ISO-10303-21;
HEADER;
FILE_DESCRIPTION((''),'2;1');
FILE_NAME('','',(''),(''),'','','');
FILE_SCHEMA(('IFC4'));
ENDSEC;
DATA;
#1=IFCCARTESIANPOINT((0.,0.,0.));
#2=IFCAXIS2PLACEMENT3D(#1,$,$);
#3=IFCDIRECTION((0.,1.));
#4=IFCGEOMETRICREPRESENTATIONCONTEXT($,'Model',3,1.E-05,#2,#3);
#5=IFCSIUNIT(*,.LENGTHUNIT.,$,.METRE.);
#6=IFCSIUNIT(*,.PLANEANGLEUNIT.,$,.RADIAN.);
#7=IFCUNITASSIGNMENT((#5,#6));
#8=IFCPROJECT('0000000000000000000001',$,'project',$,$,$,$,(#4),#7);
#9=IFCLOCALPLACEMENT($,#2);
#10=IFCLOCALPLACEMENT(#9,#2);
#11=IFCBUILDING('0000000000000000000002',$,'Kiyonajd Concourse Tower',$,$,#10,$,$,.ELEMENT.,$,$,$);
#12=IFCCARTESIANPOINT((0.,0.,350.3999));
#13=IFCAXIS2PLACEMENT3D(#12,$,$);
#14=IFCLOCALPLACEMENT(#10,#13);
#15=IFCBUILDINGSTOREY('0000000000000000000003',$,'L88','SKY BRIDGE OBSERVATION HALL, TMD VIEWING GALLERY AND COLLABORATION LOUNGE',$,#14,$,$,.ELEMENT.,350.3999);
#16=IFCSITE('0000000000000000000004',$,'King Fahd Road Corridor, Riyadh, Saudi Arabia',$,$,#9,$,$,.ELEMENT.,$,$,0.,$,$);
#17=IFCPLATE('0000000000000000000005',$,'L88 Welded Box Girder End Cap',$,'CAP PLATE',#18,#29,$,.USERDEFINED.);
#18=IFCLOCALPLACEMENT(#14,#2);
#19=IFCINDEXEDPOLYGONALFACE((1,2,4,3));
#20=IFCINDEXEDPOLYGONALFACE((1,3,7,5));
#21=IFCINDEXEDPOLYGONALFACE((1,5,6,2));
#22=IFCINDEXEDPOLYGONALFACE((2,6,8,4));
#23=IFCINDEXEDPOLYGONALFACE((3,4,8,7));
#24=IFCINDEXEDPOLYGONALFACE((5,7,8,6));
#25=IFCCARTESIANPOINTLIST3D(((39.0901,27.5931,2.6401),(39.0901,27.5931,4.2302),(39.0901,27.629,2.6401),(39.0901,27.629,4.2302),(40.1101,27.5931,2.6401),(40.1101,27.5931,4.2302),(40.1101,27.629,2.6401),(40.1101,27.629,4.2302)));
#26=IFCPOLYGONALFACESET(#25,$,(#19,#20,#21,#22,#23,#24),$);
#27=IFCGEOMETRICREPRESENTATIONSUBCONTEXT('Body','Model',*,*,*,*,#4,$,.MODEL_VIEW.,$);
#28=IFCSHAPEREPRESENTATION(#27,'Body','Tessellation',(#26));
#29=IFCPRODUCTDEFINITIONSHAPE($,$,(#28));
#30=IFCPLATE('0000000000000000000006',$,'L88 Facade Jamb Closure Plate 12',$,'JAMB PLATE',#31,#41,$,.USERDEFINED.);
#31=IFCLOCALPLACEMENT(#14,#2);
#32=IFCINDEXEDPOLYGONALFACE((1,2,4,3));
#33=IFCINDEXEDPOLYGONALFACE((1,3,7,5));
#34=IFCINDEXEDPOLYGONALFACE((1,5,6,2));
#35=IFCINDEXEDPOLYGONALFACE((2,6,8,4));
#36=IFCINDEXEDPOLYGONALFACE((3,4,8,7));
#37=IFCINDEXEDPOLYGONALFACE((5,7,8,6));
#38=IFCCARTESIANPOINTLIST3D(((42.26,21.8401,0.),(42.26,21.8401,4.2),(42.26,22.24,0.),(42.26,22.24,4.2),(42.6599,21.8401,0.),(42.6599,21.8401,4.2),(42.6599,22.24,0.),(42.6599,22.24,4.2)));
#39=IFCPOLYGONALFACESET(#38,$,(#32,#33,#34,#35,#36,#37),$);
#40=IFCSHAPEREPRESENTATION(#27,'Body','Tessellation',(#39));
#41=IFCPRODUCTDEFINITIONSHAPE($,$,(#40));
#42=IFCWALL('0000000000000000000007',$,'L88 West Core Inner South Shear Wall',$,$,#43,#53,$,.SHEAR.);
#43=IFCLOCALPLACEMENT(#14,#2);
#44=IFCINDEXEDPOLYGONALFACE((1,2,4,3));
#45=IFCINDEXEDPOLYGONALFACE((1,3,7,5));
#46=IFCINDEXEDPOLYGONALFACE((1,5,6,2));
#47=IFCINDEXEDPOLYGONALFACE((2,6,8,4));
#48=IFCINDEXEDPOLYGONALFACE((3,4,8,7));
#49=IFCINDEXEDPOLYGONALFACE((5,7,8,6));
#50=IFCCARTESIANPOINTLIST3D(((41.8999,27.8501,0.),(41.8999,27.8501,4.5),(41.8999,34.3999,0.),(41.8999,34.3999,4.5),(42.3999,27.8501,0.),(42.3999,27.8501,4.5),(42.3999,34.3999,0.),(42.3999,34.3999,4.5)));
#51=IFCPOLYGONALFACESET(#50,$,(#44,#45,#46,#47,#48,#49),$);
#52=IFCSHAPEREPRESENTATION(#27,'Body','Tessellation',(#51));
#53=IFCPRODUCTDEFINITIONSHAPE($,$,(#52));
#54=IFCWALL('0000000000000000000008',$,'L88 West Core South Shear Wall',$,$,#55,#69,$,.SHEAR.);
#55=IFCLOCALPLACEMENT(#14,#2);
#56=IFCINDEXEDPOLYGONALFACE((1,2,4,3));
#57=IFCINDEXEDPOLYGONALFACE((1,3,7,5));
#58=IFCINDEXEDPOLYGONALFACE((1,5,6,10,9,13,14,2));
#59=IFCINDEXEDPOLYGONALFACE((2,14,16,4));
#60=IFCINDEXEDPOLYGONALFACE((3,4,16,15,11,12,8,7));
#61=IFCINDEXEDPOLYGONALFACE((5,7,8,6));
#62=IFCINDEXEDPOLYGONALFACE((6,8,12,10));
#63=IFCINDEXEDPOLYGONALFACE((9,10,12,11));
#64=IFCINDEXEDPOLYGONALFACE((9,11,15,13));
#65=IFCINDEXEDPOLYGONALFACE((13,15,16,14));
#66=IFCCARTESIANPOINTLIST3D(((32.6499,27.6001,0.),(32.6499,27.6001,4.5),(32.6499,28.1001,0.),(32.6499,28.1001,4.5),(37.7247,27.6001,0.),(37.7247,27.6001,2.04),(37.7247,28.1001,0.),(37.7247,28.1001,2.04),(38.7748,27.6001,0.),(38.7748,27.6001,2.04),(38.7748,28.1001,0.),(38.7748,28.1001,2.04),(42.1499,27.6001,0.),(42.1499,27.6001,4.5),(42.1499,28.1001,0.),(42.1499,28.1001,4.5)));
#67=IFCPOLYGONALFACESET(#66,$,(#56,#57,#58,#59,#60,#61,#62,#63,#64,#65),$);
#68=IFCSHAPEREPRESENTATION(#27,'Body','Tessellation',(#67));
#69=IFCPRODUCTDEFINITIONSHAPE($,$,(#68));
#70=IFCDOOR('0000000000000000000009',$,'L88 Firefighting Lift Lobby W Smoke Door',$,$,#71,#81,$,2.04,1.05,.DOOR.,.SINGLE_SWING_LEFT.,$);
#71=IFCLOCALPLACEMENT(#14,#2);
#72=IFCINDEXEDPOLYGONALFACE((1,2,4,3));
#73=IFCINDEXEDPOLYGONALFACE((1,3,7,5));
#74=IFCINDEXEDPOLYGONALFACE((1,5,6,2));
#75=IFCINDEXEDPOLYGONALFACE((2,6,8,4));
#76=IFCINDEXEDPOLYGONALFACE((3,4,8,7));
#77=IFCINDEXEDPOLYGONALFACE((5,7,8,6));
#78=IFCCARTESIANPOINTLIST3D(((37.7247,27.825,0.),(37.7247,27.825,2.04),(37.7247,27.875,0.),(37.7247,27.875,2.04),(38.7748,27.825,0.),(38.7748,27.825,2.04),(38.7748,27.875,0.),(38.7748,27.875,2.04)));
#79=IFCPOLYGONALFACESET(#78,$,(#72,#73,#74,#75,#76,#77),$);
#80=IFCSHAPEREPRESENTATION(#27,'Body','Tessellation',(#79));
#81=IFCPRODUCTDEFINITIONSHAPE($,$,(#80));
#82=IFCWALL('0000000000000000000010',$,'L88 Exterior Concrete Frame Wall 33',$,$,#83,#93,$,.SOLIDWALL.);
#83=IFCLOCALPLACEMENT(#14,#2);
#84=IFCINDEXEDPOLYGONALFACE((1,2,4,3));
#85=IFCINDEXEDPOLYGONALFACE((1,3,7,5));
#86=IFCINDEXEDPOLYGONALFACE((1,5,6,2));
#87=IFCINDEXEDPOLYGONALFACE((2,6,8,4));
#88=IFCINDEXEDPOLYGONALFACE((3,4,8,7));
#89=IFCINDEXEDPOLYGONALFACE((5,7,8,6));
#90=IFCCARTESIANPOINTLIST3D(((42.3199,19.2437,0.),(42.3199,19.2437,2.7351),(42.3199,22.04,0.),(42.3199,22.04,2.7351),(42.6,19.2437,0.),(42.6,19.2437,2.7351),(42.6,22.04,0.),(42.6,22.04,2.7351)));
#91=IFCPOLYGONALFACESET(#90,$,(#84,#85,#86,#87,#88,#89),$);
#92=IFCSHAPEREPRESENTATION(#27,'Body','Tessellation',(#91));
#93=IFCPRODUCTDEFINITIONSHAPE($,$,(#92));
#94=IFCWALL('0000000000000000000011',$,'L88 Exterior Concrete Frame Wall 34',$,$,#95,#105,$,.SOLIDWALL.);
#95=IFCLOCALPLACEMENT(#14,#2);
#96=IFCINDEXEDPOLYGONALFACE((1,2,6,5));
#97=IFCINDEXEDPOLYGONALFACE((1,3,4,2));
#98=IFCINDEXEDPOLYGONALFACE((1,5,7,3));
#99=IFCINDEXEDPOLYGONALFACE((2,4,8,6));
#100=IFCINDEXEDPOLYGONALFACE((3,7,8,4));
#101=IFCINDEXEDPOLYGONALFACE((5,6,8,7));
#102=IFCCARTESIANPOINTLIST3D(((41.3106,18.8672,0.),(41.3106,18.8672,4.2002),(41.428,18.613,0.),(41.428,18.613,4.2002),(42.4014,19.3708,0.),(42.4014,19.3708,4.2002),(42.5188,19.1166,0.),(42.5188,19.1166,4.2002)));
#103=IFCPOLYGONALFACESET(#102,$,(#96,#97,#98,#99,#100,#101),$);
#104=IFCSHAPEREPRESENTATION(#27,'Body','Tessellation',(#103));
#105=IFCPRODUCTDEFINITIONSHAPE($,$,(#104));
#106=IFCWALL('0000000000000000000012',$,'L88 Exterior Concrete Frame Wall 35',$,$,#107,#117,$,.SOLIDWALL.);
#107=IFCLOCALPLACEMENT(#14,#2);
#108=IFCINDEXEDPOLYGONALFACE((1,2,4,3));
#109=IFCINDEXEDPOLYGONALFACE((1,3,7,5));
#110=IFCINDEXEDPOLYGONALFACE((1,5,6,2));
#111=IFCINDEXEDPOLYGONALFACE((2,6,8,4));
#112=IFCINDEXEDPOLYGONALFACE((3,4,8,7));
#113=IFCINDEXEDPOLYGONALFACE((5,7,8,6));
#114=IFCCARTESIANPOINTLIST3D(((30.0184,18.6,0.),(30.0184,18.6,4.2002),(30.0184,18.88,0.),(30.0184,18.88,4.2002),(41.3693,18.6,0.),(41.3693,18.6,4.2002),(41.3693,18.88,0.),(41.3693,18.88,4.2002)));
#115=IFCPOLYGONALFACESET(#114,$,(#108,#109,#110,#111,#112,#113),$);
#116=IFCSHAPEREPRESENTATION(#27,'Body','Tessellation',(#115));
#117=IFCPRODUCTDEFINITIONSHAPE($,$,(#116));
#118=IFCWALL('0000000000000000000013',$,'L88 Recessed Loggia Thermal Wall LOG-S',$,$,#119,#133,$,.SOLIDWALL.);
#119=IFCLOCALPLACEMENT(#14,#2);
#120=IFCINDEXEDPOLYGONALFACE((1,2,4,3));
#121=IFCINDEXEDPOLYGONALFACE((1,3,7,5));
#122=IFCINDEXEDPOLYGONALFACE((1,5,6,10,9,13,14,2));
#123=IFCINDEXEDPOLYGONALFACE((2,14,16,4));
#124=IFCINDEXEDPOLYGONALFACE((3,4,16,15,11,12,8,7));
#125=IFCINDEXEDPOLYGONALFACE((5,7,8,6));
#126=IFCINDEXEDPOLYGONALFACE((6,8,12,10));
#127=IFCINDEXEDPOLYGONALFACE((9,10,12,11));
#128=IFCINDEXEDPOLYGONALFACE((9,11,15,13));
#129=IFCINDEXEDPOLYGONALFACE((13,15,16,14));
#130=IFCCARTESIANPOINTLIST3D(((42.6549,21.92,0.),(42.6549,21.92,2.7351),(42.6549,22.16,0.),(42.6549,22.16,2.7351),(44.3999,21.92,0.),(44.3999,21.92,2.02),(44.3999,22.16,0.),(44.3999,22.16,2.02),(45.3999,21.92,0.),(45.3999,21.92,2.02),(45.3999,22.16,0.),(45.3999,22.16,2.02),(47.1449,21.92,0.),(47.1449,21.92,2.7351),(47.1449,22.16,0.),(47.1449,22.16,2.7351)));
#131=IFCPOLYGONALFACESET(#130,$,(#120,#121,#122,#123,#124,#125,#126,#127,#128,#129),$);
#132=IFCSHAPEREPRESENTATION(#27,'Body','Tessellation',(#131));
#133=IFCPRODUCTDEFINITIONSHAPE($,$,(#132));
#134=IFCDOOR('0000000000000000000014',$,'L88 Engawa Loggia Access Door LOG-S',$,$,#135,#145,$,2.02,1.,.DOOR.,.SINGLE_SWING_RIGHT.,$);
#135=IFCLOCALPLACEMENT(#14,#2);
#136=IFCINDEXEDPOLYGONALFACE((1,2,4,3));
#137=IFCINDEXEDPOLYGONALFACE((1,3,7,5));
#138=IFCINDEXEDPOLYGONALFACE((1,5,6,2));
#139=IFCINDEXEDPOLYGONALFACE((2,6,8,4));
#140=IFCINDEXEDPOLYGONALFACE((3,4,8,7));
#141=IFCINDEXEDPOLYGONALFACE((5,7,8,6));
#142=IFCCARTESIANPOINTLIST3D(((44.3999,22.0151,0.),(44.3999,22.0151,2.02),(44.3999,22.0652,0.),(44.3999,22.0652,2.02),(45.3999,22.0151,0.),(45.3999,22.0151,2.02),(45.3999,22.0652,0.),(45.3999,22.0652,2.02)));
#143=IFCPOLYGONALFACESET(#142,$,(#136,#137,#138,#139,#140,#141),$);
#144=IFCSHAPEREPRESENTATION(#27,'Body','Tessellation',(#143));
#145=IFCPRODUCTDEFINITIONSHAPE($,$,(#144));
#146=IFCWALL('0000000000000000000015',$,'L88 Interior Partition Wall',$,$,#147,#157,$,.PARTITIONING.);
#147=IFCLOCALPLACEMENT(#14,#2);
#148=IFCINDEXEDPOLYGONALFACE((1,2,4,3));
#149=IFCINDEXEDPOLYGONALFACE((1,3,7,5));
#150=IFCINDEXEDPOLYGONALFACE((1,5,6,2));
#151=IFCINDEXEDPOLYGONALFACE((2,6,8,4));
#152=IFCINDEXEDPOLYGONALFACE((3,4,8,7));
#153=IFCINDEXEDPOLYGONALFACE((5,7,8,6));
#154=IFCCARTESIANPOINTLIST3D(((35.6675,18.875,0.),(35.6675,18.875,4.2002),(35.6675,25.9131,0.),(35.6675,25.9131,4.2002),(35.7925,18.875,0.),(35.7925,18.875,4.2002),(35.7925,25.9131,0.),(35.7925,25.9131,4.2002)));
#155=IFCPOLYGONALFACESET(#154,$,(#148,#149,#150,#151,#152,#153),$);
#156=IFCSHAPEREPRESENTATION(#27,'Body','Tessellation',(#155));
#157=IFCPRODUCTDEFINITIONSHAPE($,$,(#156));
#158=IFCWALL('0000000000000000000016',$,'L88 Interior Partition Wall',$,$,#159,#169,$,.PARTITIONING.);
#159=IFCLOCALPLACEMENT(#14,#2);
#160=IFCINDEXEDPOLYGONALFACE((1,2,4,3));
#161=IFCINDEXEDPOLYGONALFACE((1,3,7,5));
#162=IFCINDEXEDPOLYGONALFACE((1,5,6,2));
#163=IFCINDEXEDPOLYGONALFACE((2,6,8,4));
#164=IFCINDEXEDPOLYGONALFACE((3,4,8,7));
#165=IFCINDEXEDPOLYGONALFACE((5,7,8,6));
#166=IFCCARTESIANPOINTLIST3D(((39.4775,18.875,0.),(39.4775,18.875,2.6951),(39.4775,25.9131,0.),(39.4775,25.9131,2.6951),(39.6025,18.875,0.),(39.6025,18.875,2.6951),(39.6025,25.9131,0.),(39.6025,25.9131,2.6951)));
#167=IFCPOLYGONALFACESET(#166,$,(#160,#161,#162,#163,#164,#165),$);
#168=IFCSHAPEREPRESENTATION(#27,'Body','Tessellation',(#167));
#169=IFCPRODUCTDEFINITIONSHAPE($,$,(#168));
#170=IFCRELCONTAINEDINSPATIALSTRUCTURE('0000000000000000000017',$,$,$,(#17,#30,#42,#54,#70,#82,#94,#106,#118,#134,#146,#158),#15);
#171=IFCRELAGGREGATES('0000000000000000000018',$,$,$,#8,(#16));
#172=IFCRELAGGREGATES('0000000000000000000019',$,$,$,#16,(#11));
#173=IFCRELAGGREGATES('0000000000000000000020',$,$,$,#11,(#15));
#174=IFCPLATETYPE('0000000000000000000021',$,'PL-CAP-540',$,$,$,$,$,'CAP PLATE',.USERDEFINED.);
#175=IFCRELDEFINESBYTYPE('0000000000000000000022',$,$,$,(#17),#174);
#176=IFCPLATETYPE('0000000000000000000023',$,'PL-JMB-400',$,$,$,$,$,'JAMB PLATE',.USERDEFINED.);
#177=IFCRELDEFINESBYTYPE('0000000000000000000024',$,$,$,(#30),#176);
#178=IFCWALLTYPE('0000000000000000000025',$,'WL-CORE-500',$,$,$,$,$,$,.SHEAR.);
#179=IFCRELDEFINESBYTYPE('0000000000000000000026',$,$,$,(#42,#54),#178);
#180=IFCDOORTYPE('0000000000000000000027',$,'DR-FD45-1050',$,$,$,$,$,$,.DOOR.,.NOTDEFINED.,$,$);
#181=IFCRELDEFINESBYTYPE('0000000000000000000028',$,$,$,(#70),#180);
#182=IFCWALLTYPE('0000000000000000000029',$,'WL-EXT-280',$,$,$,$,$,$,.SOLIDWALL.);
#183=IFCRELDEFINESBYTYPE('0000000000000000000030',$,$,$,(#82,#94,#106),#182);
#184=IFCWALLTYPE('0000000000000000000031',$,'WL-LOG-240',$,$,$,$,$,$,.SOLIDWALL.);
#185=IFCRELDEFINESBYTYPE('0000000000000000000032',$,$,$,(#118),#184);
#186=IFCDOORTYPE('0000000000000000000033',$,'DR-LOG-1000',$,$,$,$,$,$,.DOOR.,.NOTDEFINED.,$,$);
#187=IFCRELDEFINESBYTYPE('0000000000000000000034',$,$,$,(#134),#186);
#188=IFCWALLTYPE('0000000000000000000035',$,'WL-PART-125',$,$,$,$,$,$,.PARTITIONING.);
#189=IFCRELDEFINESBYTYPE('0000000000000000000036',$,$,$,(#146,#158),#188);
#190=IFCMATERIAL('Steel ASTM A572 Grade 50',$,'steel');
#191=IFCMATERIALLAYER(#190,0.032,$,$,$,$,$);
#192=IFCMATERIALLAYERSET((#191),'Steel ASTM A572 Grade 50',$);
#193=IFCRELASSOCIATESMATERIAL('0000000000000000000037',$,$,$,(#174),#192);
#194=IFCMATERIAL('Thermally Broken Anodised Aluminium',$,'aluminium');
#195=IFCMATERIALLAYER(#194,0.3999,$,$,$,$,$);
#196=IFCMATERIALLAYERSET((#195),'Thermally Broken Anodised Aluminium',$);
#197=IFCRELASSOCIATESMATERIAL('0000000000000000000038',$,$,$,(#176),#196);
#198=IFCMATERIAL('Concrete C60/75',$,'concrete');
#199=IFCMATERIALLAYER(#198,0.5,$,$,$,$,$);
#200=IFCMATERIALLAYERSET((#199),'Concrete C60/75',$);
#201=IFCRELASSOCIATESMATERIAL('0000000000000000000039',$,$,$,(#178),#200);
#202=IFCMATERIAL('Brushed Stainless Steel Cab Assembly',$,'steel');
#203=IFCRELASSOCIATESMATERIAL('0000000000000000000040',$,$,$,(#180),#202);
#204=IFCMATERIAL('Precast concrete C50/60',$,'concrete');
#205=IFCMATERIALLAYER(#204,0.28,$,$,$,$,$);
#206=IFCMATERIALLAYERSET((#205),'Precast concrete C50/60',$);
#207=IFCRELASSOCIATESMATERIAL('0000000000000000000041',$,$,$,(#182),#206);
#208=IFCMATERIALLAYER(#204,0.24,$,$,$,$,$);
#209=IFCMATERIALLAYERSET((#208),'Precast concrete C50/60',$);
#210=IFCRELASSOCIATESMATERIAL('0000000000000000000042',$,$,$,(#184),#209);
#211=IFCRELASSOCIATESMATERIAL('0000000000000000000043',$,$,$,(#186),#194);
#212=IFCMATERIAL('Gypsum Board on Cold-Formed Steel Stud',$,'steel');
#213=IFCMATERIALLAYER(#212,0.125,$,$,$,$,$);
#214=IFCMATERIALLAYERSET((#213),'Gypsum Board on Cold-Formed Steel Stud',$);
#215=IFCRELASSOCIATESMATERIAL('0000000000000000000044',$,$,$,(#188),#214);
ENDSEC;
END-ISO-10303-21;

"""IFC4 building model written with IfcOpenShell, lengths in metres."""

from ifc_helpers import new_model, si_unit, direction, frame, frame_2d, origin, origin_2d, place, context, subcontext, project, spatial, rectangle, extrude, material, layer, layer_set, type_object, element, fill, save


model = new_model("IFC4")

# Units and contexts
model_context = context("Model", 3, precision=1e-05, world=origin(), true_north=direction((0.0, 1.0)))
body_context = subcontext(model_context, "Body", "Model", "MODEL_VIEW")
ifc_project = project(units=[si_unit("LENGTHUNIT", "METRE"), si_unit("PLANEANGLEUNIT", "RADIAN")], contexts=[model_context])

# Site, building, storey
site_placement = place(None, origin())
site = spatial("IfcSite", under=ifc_project, at=site_placement, Name="King Fahd Road Corridor, Riyadh, Saudi Arabia", CompositionType="ELEMENT", RefElevation=0.0)
building_placement = place(site_placement, origin())
building = spatial("IfcBuilding", under=site, at=building_placement, Name="Kiyonajd Concourse Tower", CompositionType="ELEMENT")
storey_placement = place(building_placement, frame((0.0, 0.0, 350.3999)))
storey = spatial("IfcBuildingStorey", under=building, at=storey_placement, Name="L88", Description="SKY BRIDGE OBSERVATION HALL, TMD VIEWING GALLERY AND COLLABORATION LOUNGE", CompositionType="ELEMENT", Elevation=350.3999)

# Shared definitions
ifc_material_1 = material(Name="Concrete C60/75", Category="concrete")

# Shared definitions
ifc_material_2 = material(Name="Steel ASTM A572 Grade 50", Category="steel")

# Plates
ifc_layer_1 = layer(ifc_material_2, 0.032)
ifc_layer_set_1 = layer_set([ifc_layer_1], Name="Steel ASTM A572 Grade 50")
plate_type_1 = type_object("IfcPlateType", Name="PL-CAP-540", ElementType="CAP PLATE", PredefinedType="USERDEFINED", material=ifc_layer_set_1)
for number, where, z_axis, x_axis, name in (
    (1, (39.6001, 27.6111, 2.6401), (0.0, 0.0, 1.0), (0.0, 1.0, 0.0), "L88 Welded Box Girder End Cap"),
):
    element("IfcPlate", number, at=place(storey_placement, frame(where, z_axis=z_axis, x_axis=x_axis)), inside=storey, type_object=plate_type_1, Name=name, ObjectType="CAP PLATE", PredefinedType="USERDEFINED", context=body_context, shape_type="SweptSolid", body=[
        extrude(rectangle(XDim=0.0359, YDim=1.02, at=origin_2d()), origin(), (0.0, 0.0, 1.0), 1.5901),
    ])
ifc_material_3 = material(Name="Thermally Broken Anodised Aluminium", Category="aluminium")
ifc_layer_2 = layer(ifc_material_3, 0.3999)
ifc_layer_set_2 = layer_set([ifc_layer_2], Name="Thermally Broken Anodised Aluminium")
plate_type_2 = type_object("IfcPlateType", Name="PL-JMB-400", ElementType="JAMB PLATE", PredefinedType="USERDEFINED", material=ifc_layer_set_2)
plate_1_placement = place(storey_placement, frame((42.46, 22.04, 0.0), z_axis=(0.0, 0.0, 1.0), x_axis=(1.0, 0.0, 0.0)))
element("IfcPlate", 2, at=plate_1_placement, inside=storey, type_object=plate_type_2, Name="L88 Facade Jamb Closure Plate 12", ObjectType="JAMB PLATE", PredefinedType="USERDEFINED", context=body_context, shape_type="SweptSolid", body=[
    extrude(rectangle(XDim=0.3999, YDim=0.3999, at=origin_2d()), origin(), (0.0, 0.0, 1.0), 4.2),
])

# Wall
ifc_layer_3 = layer(ifc_material_1, 0.5)
ifc_layer_set_3 = layer_set([ifc_layer_3], Name="Concrete C60/75")
wall_type_1 = type_object("IfcWallType", Name="WL-CORE-500", PredefinedType="SHEAR", material=ifc_layer_set_3)
wall_1_placement = place(storey_placement, frame((42.1499, 27.8501, 0.0), z_axis=(0.0, 0.0, 1.0), x_axis=(0.0, 1.0, 0.0)))
element("IfcWall", 3, at=wall_1_placement, inside=storey, type_object=wall_type_1, Name="L88 West Core Inner South Shear Wall", PredefinedType="SHEAR", context=body_context, shape_type="SweptSolid", body=[
    extrude(rectangle(XDim=6.5498, YDim=0.5, at=frame_2d((3.2749, 0.0))), origin(), (0.0, 0.0, 1.0), 4.5),
])

# Wall, opening, door
wall_2_placement = place(storey_placement, frame((32.6499, 27.8501, 0.0), z_axis=(0.0, 0.0, 1.0), x_axis=(1.0, 0.0, 0.0)))
wall_2 = element("IfcWall", 4, at=wall_2_placement, inside=storey, type_object=wall_type_1, Name="L88 West Core South Shear Wall", PredefinedType="SHEAR", context=body_context, shape_type="SweptSolid", body=[
    extrude(rectangle(XDim=9.5, YDim=0.5, at=frame_2d((4.75, 0.0))), origin(), (0.0, 0.0, 1.0), 4.5),
])
opening_1_placement = place(wall_2_placement, frame((5.075, 0.0, 0.0)))
opening_1 = element("IfcOpeningElement", 5, at=opening_1_placement, cuts=wall_2, PredefinedType="OPENING", context=body_context, shape_type="SweptSolid", body=[
    extrude(rectangle(XDim=1.05, YDim=2.04, at=frame_2d((0.5249, 1.02))), frame((0.0, 0.26, 0.0), z_axis=(0.0, -1.0, 0.0), x_axis=(1.0, 0.0, 0.0)), (0.0, 0.0, 1.0), 0.52),
])
ifc_material_4 = material(Name="Brushed Stainless Steel Cab Assembly", Category="steel")
door_type_1 = type_object("IfcDoorType", Name="DR-FD45-1050", OperationType="NOTDEFINED", PredefinedType="DOOR", material=ifc_material_4)
door_1_placement = place(opening_1_placement, origin())
door_1 = element("IfcDoor", 6, at=door_1_placement, inside=storey, type_object=door_type_1, Name="L88 Firefighting Lift Lobby W Smoke Door", OperationType="SINGLE_SWING_LEFT", OverallHeight=2.04, OverallWidth=1.05, PredefinedType="DOOR", context=body_context, shape_type="SweptSolid", body=[
    extrude(rectangle(XDim=1.05, YDim=2.04, at=frame_2d((0.5249, 1.02))), frame((0.0, 0.0249, 0.0), z_axis=(0.0, -1.0, 0.0), x_axis=(1.0, 0.0, 0.0)), (0.0, 0.0, 1.0), 0.05),
])
fill(opening_1, door_1)

# Walls
ifc_material_5 = material(Name="Precast concrete C50/60", Category="concrete")
ifc_layer_4 = layer(ifc_material_5, 0.28)
ifc_layer_set_4 = layer_set([ifc_layer_4], Name="Precast concrete C50/60")
wall_type_2 = type_object("IfcWallType", Name="WL-EXT-280", PredefinedType="SOLIDWALL", material=ifc_layer_set_4)
wall_3_placement = place(storey_placement, frame((42.46, 22.04, 0.0), z_axis=(0.0, 0.0, 1.0), x_axis=(0.0, -1.0, 0.0)))
element("IfcWall", 7, at=wall_3_placement, inside=storey, type_object=wall_type_2, Name="L88 Exterior Concrete Frame Wall 33", PredefinedType="SOLIDWALL", context=body_context, shape_type="SweptSolid", body=[
    extrude(rectangle(XDim=2.7964, YDim=0.28, at=frame_2d((1.3982, 0.0))), origin(), (0.0, 0.0, 1.0), 2.7351),
])
wall_4_placement = place(storey_placement, frame((42.46, 19.2437, 0.0), z_axis=(0.0, 0.0, 1.0), x_axis=(-0.907894, -0.4192, 0.0)))
element("IfcWall", 8, at=wall_4_placement, inside=storey, type_object=wall_type_2, Name="L88 Exterior Concrete Frame Wall 34", PredefinedType="SOLIDWALL", context=body_context, shape_type="SweptSolid", body=[
    extrude(rectangle(XDim=1.2014, YDim=0.28, at=frame_2d((0.6006, 0.0))), origin(), (0.0, 0.0, 1.0), 4.2002),
])
wall_5_placement = place(storey_placement, frame((41.3691, 18.74, 0.0), z_axis=(0.0, 0.0, 1.0), x_axis=(-1.0, 0.0, 0.0)))
element("IfcWall", 9, at=wall_5_placement, inside=storey, type_object=wall_type_2, Name="L88 Exterior Concrete Frame Wall 35", PredefinedType="SOLIDWALL", context=body_context, shape_type="SweptSolid", body=[
    extrude(rectangle(XDim=11.3508, YDim=0.28, at=frame_2d((5.6753, 0.0))), origin(), (0.0, 0.0, 1.0), 4.2002),
])

# Wall, opening, door
ifc_layer_5 = layer(ifc_material_5, 0.24)
ifc_layer_set_5 = layer_set([ifc_layer_5], Name="Precast concrete C50/60")
wall_type_3 = type_object("IfcWallType", Name="WL-LOG-240", PredefinedType="SOLIDWALL", material=ifc_layer_set_5)
wall_6_placement = place(storey_placement, frame((47.145, 22.04, 0.0), z_axis=(0.0, 0.0, 1.0), x_axis=(-1.0, 0.0, 0.0)))
wall_6 = element("IfcWall", 10, at=wall_6_placement, inside=storey, type_object=wall_type_3, Name="L88 Recessed Loggia Thermal Wall LOG-S", PredefinedType="SOLIDWALL", context=body_context, shape_type="SweptSolid", body=[
    extrude(rectangle(XDim=4.49, YDim=0.24, at=frame_2d((2.2451, 0.0))), origin(), (0.0, 0.0, 1.0), 2.7351),
])
opening_2_placement = place(wall_6_placement, frame((1.7451, 0.0, 0.0)))
opening_2 = element("IfcOpeningElement", 11, at=opening_2_placement, cuts=wall_6, PredefinedType="OPENING", context=body_context, shape_type="SweptSolid", body=[
    extrude(rectangle(XDim=1.0, YDim=2.02, at=frame_2d((0.5, 1.01))), frame((0.0, 0.1299, 0.0), z_axis=(0.0, -1.0, 0.0), x_axis=(1.0, 0.0, 0.0)), (0.0, 0.0, 1.0), 0.26),
])
door_type_2 = type_object("IfcDoorType", Name="DR-LOG-1000", OperationType="NOTDEFINED", PredefinedType="DOOR", material=ifc_material_3)
door_2_placement = place(opening_2_placement, origin())
door_2 = element("IfcDoor", 12, at=door_2_placement, inside=storey, type_object=door_type_2, Name="L88 Engawa Loggia Access Door LOG-S", OperationType="SINGLE_SWING_RIGHT", OverallHeight=2.02, OverallWidth=1.0, PredefinedType="DOOR", context=body_context, shape_type="SweptSolid", body=[
    extrude(rectangle(XDim=1.0, YDim=2.02, at=frame_2d((0.5, 1.01))), frame((0.0, 0.0249, 0.0), z_axis=(0.0, -1.0, 0.0), x_axis=(1.0, 0.0, 0.0)), (0.0, 0.0, 1.0), 0.05),
])
fill(opening_2, door_2)

# Walls
ifc_material_6 = material(Name="Gypsum Board on Cold-Formed Steel Stud", Category="steel")
ifc_layer_6 = layer(ifc_material_6, 0.125)
ifc_layer_set_6 = layer_set([ifc_layer_6], Name="Gypsum Board on Cold-Formed Steel Stud")
wall_type_4 = type_object("IfcWallType", Name="WL-PART-125", PredefinedType="PARTITIONING", material=ifc_layer_set_6)
wall_7_placement = place(storey_placement, frame((35.73, 18.875, 0.0), z_axis=(0.0, 0.0, 1.0), x_axis=(0.0, 1.0, 0.0)))
element("IfcWall", 13, at=wall_7_placement, inside=storey, type_object=wall_type_4, Name="L88 Interior Partition Wall", PredefinedType="PARTITIONING", context=body_context, shape_type="SweptSolid", body=[
    extrude(rectangle(XDim=7.0381, YDim=0.125, at=frame_2d((3.519, 0.0))), origin(), (0.0, 0.0, 1.0), 4.2002),
])
wall_8_placement = place(storey_placement, frame((39.54, 18.875, 0.0), z_axis=(0.0, 0.0, 1.0), x_axis=(0.0, 1.0, 0.0)))
element("IfcWall", 14, at=wall_8_placement, inside=storey, type_object=wall_type_4, Name="L88 Interior Partition Wall", PredefinedType="PARTITIONING", context=body_context, shape_type="SweptSolid", body=[
    extrude(rectangle(XDim=7.0381, YDim=0.125, at=frame_2d((3.519, 0.0))), origin(), (0.0, 0.0, 1.0), 2.6951),
])

save(model, "model.ifc")
